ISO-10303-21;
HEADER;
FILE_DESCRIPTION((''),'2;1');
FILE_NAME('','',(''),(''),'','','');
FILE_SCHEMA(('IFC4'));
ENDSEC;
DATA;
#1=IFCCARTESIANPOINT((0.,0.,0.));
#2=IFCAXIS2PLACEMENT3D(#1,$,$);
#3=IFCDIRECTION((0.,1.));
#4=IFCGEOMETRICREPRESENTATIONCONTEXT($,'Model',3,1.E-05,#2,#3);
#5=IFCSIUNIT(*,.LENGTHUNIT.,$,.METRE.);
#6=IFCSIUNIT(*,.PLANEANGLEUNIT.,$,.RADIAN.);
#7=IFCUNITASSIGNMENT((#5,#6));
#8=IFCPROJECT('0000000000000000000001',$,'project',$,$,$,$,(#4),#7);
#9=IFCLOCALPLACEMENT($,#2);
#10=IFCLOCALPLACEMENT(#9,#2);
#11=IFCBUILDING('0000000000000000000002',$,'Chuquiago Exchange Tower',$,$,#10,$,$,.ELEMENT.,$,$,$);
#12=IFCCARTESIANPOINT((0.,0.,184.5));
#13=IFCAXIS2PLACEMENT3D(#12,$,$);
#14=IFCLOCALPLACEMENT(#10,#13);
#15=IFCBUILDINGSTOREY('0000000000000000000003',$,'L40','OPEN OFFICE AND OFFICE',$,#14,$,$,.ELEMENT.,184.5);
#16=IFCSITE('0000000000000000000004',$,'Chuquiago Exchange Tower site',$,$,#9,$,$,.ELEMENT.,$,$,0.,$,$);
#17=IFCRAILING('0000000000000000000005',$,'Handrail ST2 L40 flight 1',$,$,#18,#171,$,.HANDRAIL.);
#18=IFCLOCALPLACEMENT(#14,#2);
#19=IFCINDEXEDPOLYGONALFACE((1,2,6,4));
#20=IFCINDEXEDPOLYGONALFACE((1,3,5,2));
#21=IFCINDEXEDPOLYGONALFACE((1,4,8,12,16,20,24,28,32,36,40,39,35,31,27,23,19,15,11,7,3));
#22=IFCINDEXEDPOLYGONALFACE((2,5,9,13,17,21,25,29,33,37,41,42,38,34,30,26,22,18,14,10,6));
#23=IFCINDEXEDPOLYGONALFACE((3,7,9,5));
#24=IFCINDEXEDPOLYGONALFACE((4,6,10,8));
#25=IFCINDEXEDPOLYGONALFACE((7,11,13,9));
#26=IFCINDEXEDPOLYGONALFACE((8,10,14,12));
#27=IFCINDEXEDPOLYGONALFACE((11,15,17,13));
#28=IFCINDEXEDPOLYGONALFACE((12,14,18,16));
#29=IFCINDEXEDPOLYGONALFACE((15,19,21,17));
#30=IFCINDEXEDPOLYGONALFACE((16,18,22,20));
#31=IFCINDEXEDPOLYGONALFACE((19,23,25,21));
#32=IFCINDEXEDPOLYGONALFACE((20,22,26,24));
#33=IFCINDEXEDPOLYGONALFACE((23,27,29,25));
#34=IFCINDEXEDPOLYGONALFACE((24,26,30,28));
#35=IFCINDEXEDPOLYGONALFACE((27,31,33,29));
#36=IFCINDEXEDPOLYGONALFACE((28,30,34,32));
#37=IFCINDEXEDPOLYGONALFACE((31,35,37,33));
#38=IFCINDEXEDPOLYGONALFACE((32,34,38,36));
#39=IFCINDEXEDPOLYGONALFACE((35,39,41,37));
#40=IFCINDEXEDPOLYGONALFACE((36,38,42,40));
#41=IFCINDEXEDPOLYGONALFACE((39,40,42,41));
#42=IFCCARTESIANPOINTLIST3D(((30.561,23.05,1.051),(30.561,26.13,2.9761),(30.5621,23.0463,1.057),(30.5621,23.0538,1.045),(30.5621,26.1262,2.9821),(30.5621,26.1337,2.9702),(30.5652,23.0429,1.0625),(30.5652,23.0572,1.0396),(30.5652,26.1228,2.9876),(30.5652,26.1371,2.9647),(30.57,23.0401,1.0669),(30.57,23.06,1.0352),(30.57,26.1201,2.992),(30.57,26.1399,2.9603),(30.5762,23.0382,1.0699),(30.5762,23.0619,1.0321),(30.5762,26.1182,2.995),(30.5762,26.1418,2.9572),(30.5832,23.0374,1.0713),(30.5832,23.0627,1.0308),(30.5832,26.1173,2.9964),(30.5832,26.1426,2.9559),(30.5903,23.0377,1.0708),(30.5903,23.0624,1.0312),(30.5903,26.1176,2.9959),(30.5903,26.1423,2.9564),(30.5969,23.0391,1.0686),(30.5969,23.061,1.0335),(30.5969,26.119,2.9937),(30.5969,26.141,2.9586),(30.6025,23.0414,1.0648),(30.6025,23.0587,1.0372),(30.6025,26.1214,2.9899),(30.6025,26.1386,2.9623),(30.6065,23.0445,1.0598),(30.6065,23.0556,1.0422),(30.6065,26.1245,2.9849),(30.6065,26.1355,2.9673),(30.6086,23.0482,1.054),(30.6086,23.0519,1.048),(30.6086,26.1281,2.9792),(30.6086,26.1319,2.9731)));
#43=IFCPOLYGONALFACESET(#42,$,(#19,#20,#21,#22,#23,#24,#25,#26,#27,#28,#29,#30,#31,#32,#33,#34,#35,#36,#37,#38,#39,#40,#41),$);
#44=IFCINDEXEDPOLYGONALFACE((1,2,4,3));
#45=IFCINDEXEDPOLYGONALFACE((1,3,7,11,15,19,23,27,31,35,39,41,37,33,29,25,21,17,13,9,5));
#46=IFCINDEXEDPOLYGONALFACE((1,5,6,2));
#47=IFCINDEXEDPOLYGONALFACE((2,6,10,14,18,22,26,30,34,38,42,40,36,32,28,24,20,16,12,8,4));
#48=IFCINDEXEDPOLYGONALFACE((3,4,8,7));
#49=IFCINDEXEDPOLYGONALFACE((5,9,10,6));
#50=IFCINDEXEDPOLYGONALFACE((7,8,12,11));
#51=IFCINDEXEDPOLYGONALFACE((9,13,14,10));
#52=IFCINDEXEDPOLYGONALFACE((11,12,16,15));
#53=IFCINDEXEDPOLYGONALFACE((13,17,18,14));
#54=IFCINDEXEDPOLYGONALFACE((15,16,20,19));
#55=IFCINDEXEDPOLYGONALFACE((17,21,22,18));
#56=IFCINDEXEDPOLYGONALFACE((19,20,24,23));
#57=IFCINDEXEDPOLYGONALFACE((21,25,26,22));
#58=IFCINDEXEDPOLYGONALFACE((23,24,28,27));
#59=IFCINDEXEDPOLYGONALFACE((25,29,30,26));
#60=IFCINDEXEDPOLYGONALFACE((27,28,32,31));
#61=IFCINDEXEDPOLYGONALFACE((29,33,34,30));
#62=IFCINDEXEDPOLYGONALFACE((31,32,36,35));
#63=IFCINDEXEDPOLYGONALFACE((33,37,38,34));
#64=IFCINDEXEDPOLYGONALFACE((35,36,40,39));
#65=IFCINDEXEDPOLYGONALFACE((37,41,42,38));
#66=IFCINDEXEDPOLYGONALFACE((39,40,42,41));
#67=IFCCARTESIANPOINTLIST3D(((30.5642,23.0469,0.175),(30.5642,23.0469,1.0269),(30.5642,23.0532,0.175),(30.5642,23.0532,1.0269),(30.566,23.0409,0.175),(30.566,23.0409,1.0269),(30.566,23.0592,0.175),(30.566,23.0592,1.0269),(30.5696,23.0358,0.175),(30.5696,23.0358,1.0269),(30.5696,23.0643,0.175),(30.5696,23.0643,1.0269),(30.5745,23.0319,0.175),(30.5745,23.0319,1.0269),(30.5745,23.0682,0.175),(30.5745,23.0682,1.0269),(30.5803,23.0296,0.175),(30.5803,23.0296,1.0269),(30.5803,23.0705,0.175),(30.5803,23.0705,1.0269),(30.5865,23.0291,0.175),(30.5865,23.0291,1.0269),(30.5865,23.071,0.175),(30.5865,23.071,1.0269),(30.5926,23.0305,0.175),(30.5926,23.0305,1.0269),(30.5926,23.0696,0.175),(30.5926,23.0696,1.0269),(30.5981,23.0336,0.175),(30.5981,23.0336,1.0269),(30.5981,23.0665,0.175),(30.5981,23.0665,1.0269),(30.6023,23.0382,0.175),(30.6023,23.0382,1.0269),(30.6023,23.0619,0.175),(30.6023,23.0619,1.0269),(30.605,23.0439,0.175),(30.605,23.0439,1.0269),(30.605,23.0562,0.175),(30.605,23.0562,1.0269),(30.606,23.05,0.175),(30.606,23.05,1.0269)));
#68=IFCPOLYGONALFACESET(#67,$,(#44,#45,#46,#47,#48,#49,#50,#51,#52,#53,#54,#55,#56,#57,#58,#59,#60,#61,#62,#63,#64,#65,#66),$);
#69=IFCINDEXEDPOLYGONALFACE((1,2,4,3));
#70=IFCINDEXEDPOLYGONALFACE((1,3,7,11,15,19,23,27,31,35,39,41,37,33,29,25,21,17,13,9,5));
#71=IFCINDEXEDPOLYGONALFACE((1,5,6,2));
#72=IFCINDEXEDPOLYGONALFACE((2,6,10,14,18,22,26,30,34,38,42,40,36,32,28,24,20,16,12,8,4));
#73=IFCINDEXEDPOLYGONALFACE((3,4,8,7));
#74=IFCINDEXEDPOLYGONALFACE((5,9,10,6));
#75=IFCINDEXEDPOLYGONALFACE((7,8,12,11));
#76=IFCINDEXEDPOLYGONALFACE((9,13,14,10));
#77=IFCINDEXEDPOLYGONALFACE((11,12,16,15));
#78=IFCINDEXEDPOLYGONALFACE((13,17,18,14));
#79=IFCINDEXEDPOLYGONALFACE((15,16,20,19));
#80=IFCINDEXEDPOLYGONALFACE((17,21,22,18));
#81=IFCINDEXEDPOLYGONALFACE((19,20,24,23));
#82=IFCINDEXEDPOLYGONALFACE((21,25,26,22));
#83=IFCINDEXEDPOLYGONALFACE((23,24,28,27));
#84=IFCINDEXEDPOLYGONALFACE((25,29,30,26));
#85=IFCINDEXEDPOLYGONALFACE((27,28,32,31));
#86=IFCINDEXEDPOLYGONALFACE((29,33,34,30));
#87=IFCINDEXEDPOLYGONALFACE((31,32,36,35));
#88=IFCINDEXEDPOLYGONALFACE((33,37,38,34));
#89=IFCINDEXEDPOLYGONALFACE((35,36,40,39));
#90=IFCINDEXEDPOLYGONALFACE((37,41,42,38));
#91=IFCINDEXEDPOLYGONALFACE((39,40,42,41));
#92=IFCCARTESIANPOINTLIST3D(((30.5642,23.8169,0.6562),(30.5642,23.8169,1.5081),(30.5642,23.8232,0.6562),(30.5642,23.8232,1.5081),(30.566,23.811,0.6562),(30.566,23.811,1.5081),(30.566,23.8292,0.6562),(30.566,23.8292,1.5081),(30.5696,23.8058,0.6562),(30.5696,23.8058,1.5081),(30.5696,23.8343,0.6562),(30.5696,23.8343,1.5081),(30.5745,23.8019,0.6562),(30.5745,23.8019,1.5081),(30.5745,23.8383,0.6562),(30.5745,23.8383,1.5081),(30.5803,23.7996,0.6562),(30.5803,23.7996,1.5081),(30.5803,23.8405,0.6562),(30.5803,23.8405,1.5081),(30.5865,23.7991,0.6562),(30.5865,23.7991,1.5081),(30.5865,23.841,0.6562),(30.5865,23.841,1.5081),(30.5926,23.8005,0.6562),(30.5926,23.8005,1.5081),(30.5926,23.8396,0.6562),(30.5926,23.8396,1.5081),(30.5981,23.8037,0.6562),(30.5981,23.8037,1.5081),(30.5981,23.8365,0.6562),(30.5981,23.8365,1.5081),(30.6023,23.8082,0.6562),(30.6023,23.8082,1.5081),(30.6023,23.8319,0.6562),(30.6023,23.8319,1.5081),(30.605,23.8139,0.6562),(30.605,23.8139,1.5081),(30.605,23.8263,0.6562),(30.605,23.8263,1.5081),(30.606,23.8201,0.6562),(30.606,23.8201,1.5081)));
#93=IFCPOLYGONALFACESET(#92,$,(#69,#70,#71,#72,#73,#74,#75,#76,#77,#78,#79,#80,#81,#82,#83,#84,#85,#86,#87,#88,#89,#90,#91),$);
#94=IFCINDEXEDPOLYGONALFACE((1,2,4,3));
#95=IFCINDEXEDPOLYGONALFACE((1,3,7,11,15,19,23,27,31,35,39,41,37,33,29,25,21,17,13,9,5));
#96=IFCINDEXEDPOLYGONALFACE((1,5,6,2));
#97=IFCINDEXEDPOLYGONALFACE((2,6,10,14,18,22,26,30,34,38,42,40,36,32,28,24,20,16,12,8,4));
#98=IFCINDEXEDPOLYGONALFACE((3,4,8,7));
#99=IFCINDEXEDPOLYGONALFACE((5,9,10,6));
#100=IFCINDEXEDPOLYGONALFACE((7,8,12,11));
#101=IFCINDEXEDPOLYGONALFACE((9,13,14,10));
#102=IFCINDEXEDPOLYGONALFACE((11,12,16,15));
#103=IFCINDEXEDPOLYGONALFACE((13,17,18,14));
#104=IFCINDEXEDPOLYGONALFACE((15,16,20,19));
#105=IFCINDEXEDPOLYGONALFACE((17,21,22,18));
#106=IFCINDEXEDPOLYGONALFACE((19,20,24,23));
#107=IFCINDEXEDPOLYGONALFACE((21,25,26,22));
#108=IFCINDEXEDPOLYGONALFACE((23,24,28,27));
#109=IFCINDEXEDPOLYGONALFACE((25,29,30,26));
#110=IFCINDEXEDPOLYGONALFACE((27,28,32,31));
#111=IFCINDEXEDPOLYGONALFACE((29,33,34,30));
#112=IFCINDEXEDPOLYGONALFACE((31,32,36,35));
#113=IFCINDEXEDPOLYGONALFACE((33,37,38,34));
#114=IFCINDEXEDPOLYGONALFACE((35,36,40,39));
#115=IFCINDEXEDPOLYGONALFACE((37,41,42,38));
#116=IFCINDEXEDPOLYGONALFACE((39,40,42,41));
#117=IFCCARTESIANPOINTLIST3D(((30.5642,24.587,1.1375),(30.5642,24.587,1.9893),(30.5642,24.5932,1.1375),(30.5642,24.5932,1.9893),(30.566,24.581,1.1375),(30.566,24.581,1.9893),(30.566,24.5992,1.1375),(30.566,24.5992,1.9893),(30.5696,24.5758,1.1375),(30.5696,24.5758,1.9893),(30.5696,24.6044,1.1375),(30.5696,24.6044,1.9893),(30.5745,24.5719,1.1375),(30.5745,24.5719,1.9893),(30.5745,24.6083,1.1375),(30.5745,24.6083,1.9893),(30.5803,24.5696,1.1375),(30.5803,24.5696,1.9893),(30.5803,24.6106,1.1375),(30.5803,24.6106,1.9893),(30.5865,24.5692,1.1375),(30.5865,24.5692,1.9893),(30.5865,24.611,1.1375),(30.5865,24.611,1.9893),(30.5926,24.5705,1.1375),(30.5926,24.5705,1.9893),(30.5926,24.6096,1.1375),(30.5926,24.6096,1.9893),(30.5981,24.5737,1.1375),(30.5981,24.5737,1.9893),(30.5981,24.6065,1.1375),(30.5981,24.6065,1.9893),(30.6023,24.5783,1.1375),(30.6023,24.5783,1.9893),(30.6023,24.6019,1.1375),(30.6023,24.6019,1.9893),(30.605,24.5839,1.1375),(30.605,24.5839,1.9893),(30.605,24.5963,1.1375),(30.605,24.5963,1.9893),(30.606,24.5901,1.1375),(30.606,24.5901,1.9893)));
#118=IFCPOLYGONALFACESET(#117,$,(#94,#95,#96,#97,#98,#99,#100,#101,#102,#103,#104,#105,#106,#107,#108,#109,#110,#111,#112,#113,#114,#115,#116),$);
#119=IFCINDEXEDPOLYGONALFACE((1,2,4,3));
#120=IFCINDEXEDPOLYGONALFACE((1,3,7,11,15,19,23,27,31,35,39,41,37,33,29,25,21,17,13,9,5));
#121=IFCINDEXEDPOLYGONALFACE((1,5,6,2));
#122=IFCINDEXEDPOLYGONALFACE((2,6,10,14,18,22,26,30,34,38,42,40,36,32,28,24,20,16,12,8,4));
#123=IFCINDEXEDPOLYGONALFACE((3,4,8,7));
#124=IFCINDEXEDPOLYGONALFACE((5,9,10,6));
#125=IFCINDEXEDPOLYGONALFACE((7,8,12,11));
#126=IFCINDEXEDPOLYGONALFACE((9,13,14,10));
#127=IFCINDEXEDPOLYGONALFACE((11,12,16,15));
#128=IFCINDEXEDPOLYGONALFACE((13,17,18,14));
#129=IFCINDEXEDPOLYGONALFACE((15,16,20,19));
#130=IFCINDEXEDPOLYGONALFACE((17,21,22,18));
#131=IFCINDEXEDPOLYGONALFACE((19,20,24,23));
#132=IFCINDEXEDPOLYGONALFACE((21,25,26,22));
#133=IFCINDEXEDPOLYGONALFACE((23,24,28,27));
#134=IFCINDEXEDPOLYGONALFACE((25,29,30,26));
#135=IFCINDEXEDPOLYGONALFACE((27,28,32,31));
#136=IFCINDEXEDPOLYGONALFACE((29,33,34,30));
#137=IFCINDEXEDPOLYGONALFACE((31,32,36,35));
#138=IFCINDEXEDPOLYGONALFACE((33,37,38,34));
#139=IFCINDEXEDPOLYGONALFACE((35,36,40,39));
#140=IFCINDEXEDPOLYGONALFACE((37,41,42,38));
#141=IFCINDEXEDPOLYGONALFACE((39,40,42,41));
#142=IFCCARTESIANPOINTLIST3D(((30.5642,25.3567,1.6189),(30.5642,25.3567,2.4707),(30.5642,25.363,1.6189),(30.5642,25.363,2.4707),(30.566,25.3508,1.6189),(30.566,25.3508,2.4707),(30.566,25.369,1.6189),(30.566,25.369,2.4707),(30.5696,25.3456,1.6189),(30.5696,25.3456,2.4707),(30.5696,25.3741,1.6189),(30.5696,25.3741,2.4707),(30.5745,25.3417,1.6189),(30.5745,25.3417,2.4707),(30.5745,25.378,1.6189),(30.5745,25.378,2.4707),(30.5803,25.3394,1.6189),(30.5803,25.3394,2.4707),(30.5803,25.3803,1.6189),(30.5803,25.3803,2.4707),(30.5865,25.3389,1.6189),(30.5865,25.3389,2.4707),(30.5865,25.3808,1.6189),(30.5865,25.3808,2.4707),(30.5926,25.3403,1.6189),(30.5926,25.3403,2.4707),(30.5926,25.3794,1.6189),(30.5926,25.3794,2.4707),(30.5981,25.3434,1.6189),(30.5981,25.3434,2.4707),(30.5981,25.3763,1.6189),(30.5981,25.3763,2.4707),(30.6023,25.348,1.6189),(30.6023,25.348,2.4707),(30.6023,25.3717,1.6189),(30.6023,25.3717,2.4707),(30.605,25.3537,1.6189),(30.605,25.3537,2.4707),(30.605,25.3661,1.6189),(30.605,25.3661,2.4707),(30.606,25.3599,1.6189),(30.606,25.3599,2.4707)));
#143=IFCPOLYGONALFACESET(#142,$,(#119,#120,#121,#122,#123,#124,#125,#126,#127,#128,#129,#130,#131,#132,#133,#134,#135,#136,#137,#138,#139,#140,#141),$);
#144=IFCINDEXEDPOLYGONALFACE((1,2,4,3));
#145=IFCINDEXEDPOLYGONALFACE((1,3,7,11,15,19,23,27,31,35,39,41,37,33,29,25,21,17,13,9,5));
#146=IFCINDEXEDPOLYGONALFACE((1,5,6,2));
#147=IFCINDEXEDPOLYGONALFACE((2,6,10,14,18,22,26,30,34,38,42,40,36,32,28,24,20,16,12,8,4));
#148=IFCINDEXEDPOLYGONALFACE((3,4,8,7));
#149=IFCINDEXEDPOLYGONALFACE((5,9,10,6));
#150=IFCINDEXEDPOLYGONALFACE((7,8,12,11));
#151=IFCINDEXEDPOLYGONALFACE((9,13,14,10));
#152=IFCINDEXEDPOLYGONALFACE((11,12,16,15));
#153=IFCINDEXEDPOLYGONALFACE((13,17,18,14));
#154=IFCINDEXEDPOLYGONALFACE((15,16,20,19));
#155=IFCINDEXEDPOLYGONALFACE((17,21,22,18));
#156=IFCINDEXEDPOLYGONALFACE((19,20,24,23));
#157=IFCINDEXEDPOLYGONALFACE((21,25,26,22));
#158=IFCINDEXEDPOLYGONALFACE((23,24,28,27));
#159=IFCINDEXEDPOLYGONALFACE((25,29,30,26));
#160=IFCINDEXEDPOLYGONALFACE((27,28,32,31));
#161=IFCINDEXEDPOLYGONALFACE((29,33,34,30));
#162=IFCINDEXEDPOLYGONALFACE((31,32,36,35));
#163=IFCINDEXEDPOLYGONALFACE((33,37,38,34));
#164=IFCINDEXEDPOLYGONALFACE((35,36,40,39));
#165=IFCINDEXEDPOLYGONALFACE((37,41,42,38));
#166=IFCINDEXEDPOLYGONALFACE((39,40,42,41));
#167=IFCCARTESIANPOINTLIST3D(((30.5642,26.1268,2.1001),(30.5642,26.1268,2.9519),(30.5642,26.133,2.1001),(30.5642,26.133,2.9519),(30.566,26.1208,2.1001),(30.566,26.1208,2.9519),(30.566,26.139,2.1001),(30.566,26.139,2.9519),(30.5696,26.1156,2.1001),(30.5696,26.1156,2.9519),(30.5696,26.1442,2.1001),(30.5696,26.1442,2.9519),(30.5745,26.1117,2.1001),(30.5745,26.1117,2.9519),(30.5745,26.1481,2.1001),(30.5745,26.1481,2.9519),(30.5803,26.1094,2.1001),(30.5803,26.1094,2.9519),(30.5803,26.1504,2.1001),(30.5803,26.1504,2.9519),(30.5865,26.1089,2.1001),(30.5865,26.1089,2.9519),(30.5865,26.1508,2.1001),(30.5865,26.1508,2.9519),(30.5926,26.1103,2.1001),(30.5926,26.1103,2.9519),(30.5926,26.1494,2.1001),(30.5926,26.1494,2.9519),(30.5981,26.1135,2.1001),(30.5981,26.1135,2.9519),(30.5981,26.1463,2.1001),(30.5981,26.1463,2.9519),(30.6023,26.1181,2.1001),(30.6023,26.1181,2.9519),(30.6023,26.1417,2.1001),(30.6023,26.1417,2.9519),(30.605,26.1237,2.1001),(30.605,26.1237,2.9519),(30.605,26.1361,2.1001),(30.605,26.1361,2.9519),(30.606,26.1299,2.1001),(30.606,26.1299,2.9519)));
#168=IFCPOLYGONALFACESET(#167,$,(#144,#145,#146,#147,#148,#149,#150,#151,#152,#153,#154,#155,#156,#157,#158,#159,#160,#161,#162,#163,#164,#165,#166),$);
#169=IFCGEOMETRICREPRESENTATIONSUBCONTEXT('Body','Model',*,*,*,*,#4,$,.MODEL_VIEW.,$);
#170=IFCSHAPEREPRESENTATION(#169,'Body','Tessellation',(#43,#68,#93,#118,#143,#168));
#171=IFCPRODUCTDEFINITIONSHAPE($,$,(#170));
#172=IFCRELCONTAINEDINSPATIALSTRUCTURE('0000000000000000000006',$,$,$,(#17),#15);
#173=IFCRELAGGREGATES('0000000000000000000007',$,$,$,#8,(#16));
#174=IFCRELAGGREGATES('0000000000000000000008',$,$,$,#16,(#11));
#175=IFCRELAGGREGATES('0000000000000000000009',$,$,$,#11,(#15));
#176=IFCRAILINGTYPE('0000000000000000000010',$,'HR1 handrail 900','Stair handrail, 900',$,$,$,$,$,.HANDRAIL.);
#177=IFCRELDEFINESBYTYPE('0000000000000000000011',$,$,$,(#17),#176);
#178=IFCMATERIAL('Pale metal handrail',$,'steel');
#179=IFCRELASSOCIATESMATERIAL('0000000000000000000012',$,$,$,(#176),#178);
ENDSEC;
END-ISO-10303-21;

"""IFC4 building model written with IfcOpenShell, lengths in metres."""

from ifc_helpers import new_model, si_unit, direction, frame, origin, origin_2d, place, context, subcontext, project, spatial, circle, extrude, material, type_object, element, save


model = new_model("IFC4")

# Units and contexts
model_context = context("Model", 3, precision=1e-05, world=origin(), true_north=direction((0.0, 1.0)))
body_context = subcontext(model_context, "Body", "Model", "MODEL_VIEW")
ifc_project = project(units=[si_unit("LENGTHUNIT", "METRE"), si_unit("PLANEANGLEUNIT", "RADIAN")], contexts=[model_context])

# Site, building, storey
site_placement = place(None, origin())
site = spatial("IfcSite", under=ifc_project, at=site_placement, Name="Chuquiago Exchange Tower site", CompositionType="ELEMENT", RefElevation=0.0)
building_placement = place(site_placement, origin())
building = spatial("IfcBuilding", under=site, at=building_placement, Name="Chuquiago Exchange Tower", CompositionType="ELEMENT")
storey_placement = place(building_placement, frame((0.0, 0.0, 184.5)))
storey = spatial("IfcBuildingStorey", under=building, at=storey_placement, Name="L40", Description="OPEN OFFICE AND OFFICE", CompositionType="ELEMENT", Elevation=184.5)

# Railing
ifc_material_1 = material(Name="Pale metal handrail", Category="steel")
railing_type_1 = type_object("IfcRailingType", Name="HR1 handrail 900", Description="Stair handrail, 900", PredefinedType="HANDRAIL", material=ifc_material_1)
for number, where, name in (
    (1, (30.585, 23.05, 0.175), "Handrail ST2 L40 flight 1"),
):
    element("IfcRailing", number, at=place(storey_placement, frame(where)), inside=storey, type_object=railing_type_1, Name=name, PredefinedType="HANDRAIL", context=body_context, shape_type="SweptSolid", body=[
        extrude(circle(Radius=0.0239, at=origin_2d()), frame((0.0, 0.0, 0.876), z_axis=(0.0, 0.847979, 0.530029), x_axis=(-1.0, 0.0, 0.0)), (0.0, 0.0, 1.0), 3.6321),
        extrude(circle(Radius=0.021, at=origin_2d()), origin(), (0.0, 0.0, 1.0), 0.8518),
        extrude(circle(Radius=0.021, at=origin_2d()), frame((0.0, 0.77, 0.4812)), (0.0, 0.0, 1.0), 0.8518),
        extrude(circle(Radius=0.021, at=origin_2d()), frame((0.0, 1.54, 0.9624)), (0.0, 0.0, 1.0), 0.8518),
        extrude(circle(Radius=0.021, at=origin_2d()), frame((0.0, 2.3098, 1.4438)), (0.0, 0.0, 1.0), 0.8518),
        extrude(circle(Radius=0.021, at=origin_2d()), frame((0.0, 3.0798, 1.925)), (0.0, 0.0, 1.0), 0.8518),
    ])

save(model, "model.ifc")
